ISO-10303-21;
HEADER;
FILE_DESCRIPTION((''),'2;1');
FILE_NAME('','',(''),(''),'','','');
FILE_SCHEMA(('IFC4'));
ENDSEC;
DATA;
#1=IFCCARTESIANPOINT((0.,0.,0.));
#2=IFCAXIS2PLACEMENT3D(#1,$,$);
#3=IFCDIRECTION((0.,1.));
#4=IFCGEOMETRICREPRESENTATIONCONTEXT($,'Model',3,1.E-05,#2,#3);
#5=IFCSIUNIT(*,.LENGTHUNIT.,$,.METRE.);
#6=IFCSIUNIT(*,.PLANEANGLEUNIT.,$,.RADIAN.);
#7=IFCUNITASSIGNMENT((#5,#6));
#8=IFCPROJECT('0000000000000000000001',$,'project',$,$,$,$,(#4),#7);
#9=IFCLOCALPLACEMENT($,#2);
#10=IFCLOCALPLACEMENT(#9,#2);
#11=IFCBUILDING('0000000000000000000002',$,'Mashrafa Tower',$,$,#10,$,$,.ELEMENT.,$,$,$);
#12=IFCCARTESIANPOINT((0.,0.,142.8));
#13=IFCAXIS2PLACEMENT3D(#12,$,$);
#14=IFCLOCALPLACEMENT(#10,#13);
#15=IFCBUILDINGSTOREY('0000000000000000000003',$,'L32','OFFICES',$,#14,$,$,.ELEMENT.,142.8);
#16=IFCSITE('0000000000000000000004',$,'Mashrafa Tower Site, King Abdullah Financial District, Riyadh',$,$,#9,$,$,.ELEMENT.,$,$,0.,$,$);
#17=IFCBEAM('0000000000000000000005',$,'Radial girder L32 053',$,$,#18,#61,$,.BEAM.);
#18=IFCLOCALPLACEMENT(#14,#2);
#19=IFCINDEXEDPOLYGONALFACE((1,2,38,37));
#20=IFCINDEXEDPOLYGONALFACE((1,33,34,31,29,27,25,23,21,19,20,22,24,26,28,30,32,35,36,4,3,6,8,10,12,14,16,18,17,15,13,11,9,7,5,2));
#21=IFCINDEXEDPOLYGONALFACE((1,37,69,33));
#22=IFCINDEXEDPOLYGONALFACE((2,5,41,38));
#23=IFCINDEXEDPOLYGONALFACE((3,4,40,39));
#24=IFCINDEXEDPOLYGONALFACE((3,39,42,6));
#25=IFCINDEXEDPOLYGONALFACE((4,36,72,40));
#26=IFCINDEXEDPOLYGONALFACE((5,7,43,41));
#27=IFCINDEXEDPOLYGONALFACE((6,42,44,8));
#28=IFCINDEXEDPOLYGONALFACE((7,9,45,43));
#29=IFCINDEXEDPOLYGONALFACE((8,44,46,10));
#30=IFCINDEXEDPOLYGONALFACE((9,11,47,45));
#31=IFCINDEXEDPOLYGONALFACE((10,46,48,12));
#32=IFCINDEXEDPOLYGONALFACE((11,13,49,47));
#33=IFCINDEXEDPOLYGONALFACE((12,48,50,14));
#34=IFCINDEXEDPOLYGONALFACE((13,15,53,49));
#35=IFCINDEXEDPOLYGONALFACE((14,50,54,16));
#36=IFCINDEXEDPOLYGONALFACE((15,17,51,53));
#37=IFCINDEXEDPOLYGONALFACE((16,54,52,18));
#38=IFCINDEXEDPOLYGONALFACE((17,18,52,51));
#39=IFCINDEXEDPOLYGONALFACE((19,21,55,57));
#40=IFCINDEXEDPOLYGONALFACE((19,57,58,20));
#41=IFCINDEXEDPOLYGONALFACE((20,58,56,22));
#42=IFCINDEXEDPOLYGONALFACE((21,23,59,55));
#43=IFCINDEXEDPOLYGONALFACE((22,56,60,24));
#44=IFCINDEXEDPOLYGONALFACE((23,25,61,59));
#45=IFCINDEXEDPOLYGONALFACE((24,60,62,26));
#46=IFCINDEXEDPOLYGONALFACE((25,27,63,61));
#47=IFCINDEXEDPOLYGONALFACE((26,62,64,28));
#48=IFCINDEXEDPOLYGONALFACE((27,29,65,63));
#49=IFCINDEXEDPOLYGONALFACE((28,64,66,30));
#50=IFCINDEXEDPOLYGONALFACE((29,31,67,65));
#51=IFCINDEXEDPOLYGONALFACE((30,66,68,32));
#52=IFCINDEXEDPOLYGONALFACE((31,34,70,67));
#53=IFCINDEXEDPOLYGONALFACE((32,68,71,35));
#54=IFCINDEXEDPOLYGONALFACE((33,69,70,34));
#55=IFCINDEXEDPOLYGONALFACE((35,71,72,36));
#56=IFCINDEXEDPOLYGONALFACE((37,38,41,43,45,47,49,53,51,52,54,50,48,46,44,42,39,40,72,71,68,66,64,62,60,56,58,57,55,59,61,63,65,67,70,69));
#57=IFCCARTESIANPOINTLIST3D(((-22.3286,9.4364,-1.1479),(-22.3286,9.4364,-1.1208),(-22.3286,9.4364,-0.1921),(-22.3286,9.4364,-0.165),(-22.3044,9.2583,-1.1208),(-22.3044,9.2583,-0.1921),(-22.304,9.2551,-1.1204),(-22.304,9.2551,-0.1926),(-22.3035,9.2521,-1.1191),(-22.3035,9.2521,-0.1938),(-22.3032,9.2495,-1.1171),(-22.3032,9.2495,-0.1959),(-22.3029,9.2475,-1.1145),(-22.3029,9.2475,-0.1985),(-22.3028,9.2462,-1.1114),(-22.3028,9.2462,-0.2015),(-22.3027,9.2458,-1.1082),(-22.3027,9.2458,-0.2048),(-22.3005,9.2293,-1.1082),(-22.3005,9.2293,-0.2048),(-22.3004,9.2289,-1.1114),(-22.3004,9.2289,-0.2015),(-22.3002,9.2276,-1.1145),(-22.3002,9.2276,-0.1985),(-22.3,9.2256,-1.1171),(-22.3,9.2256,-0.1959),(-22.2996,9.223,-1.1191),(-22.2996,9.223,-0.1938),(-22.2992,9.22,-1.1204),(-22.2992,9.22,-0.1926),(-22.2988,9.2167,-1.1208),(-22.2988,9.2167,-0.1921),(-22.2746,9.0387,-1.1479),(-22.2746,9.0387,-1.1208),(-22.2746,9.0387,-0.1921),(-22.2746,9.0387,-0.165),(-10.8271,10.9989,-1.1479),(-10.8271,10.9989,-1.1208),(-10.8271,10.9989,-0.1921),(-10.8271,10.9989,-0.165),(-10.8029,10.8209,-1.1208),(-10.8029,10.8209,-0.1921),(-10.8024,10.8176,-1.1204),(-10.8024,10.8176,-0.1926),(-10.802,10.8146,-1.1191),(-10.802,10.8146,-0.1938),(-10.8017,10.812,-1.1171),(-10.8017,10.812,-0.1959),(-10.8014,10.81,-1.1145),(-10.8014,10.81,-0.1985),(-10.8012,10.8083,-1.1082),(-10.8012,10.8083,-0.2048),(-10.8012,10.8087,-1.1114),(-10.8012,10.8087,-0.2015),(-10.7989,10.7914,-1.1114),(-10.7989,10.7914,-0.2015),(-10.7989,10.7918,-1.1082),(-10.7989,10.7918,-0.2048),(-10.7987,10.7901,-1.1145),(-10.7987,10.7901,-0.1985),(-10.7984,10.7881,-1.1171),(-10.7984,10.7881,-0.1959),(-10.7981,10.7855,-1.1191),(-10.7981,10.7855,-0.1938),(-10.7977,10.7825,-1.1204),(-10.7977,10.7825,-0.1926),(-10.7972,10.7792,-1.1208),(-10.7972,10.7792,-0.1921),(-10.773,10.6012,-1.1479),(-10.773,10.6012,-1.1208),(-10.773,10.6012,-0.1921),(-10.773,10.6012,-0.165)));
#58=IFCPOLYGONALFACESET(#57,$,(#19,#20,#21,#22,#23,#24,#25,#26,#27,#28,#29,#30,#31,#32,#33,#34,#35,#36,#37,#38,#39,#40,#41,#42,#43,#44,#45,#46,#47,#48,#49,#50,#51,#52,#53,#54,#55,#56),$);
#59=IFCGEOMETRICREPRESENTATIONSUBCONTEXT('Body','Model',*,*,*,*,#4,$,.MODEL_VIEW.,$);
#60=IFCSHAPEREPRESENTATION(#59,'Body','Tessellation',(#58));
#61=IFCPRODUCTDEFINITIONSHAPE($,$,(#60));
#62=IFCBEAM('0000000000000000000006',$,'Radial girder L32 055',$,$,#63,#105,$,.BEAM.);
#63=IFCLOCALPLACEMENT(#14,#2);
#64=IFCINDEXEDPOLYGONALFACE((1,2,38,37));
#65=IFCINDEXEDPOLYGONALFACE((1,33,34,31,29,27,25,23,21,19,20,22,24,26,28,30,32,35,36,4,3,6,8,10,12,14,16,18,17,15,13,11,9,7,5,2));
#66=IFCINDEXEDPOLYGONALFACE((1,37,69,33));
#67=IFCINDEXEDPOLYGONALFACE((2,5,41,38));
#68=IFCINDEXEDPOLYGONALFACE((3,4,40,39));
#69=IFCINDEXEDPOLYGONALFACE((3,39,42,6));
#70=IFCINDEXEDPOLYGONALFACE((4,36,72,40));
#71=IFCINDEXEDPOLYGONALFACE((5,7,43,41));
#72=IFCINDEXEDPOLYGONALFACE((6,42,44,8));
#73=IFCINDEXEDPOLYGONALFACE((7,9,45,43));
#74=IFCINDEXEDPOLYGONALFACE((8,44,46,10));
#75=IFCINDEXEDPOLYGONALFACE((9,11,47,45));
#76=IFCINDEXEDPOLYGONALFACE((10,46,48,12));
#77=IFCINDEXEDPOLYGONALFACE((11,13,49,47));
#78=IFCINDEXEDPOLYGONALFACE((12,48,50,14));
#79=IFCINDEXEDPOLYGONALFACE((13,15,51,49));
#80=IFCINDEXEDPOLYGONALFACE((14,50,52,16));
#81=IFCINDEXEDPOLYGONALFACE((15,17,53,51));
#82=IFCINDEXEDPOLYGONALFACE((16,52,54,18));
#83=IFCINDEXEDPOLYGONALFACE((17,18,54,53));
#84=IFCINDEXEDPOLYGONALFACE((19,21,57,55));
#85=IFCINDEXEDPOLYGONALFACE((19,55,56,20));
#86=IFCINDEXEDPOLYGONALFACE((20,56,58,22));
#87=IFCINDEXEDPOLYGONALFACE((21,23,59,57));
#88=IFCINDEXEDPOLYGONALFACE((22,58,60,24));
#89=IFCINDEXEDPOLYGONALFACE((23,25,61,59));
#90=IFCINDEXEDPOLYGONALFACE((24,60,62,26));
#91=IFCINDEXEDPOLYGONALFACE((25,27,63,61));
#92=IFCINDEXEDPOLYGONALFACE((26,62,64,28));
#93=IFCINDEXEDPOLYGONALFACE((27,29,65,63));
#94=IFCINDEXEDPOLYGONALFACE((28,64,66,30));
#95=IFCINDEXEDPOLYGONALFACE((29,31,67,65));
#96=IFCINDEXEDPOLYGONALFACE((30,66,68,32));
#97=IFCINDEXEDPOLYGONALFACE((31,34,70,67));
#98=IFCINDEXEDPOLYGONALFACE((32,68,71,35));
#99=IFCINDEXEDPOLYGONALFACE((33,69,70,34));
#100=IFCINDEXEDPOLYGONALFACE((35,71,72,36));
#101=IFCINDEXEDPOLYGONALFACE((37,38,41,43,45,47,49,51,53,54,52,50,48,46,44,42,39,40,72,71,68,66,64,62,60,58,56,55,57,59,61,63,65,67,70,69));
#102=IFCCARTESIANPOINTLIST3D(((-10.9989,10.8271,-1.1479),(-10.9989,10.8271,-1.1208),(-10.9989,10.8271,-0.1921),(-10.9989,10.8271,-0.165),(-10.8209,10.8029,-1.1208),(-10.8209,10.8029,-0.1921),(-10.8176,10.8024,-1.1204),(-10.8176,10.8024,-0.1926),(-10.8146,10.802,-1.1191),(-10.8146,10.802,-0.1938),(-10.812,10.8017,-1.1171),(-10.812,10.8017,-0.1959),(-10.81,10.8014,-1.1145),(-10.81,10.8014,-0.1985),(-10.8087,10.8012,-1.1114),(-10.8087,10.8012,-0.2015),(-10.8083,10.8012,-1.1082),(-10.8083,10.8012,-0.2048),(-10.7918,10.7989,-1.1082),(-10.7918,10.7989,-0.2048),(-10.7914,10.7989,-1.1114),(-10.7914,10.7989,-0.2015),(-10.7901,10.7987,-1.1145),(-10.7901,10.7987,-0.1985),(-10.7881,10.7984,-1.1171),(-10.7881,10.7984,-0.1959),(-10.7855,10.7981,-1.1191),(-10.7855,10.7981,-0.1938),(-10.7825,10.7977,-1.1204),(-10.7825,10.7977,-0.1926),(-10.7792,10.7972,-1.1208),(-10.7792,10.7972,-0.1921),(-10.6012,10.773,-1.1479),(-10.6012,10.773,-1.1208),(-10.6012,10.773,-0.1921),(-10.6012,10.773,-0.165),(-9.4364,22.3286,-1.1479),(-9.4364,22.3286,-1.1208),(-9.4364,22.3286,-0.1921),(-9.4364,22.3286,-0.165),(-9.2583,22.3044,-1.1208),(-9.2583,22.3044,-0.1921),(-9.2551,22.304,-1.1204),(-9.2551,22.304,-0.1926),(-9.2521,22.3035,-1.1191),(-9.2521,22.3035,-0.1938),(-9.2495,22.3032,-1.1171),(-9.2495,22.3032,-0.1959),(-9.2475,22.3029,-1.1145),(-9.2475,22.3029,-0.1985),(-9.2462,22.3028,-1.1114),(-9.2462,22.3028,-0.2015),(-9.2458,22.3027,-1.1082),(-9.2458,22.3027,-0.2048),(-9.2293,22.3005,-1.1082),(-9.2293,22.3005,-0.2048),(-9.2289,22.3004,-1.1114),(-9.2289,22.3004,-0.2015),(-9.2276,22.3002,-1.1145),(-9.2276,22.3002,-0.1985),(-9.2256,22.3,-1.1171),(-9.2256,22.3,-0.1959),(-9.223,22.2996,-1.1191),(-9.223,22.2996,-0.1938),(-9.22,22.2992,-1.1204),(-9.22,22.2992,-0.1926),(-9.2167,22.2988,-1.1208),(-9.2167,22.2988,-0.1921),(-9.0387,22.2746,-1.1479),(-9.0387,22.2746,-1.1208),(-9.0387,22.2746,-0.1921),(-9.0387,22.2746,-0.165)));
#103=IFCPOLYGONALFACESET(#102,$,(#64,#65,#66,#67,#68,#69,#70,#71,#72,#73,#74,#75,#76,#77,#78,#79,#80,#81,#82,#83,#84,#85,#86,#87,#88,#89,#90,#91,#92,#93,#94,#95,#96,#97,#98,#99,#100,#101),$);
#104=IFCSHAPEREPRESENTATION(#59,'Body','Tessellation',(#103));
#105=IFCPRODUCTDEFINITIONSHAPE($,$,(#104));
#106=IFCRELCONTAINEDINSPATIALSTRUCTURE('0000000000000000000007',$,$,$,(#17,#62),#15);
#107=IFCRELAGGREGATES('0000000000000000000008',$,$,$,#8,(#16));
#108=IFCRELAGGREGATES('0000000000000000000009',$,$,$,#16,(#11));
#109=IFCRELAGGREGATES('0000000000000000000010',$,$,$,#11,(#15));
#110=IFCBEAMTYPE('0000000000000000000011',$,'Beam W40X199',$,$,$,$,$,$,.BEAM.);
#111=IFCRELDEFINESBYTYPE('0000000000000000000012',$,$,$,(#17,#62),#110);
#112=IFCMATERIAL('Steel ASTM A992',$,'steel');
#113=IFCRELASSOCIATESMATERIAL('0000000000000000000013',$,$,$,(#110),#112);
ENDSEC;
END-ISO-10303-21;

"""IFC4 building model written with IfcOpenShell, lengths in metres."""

from ifc_helpers import new_model, si_unit, direction, frame, origin, origin_2d, place, context, subcontext, project, spatial, i_section, extrude, material, material_profile, profile_set, type_object, element, save


model = new_model("IFC4")

# Units and contexts
model_context = context("Model", 3, precision=1e-05, world=origin(), true_north=direction((0.0, 1.0)))
body_context = subcontext(model_context, "Body", "Model", "MODEL_VIEW")
ifc_project = project(units=[si_unit("LENGTHUNIT", "METRE"), si_unit("PLANEANGLEUNIT", "RADIAN")], contexts=[model_context])

# Site, building, storey
site_placement = place(None, origin())
site = spatial("IfcSite", under=ifc_project, at=site_placement, Name="Mashrafa Tower Site, King Abdullah Financial District, Riyadh", CompositionType="ELEMENT", RefElevation=0.0)
building_placement = place(site_placement, origin())
building = spatial("IfcBuilding", under=site, at=building_placement, Name="Mashrafa Tower", CompositionType="ELEMENT")
storey_placement = place(building_placement, frame((0.0, 0.0, 142.8)))
storey = spatial("IfcBuildingStorey", under=building, at=storey_placement, Name="L32", Description="OFFICES", CompositionType="ELEMENT", Elevation=142.8)

# Beams
ifc_material_1 = material(Name="Steel ASTM A992", Category="steel")
ifc_material_profile_1 = material_profile(ifc_material_1, i_section(OverallWidth=0.4014, OverallDepth=0.9829, WebThickness=0.0166, FlangeThickness=0.0271, FilletRadius=0.0127, at=origin_2d()), Name="W40X199")
ifc_profile_set_1 = profile_set([ifc_material_profile_1], Name="Steel ASTM A992")
beam_type_1 = type_object("IfcBeamType", Name="Beam W40X199", PredefinedType="BEAM", material=ifc_profile_set_1)
for number, where, z_axis, x_axis, name in (
    (1, (-10.8, 10.8, -0.6565), (-0.990898, -0.134616, 0.0), (0.134616, -0.990898, 0.0), "Radial girder L32 053"),
    (2, (-10.8, 10.8, -0.6565), (0.134616, 0.990898, 0.0), (-0.990898, 0.134616, 0.0), "Radial girder L32 055"),
):
    element("IfcBeam", number, at=place(storey_placement, frame(where, z_axis=z_axis, x_axis=x_axis)), inside=storey, type_object=beam_type_1, Name=name, PredefinedType="BEAM", context=body_context, shape_type="SweptSolid", body=[
        extrude(i_section(OverallWidth=0.4014, OverallDepth=0.9829, WebThickness=0.0166, FlangeThickness=0.0271, FilletRadius=0.0127, at=origin_2d()), origin(), (0.0, 0.0, 1.0), 11.6072),
    ])

save(model, "model.ifc")
